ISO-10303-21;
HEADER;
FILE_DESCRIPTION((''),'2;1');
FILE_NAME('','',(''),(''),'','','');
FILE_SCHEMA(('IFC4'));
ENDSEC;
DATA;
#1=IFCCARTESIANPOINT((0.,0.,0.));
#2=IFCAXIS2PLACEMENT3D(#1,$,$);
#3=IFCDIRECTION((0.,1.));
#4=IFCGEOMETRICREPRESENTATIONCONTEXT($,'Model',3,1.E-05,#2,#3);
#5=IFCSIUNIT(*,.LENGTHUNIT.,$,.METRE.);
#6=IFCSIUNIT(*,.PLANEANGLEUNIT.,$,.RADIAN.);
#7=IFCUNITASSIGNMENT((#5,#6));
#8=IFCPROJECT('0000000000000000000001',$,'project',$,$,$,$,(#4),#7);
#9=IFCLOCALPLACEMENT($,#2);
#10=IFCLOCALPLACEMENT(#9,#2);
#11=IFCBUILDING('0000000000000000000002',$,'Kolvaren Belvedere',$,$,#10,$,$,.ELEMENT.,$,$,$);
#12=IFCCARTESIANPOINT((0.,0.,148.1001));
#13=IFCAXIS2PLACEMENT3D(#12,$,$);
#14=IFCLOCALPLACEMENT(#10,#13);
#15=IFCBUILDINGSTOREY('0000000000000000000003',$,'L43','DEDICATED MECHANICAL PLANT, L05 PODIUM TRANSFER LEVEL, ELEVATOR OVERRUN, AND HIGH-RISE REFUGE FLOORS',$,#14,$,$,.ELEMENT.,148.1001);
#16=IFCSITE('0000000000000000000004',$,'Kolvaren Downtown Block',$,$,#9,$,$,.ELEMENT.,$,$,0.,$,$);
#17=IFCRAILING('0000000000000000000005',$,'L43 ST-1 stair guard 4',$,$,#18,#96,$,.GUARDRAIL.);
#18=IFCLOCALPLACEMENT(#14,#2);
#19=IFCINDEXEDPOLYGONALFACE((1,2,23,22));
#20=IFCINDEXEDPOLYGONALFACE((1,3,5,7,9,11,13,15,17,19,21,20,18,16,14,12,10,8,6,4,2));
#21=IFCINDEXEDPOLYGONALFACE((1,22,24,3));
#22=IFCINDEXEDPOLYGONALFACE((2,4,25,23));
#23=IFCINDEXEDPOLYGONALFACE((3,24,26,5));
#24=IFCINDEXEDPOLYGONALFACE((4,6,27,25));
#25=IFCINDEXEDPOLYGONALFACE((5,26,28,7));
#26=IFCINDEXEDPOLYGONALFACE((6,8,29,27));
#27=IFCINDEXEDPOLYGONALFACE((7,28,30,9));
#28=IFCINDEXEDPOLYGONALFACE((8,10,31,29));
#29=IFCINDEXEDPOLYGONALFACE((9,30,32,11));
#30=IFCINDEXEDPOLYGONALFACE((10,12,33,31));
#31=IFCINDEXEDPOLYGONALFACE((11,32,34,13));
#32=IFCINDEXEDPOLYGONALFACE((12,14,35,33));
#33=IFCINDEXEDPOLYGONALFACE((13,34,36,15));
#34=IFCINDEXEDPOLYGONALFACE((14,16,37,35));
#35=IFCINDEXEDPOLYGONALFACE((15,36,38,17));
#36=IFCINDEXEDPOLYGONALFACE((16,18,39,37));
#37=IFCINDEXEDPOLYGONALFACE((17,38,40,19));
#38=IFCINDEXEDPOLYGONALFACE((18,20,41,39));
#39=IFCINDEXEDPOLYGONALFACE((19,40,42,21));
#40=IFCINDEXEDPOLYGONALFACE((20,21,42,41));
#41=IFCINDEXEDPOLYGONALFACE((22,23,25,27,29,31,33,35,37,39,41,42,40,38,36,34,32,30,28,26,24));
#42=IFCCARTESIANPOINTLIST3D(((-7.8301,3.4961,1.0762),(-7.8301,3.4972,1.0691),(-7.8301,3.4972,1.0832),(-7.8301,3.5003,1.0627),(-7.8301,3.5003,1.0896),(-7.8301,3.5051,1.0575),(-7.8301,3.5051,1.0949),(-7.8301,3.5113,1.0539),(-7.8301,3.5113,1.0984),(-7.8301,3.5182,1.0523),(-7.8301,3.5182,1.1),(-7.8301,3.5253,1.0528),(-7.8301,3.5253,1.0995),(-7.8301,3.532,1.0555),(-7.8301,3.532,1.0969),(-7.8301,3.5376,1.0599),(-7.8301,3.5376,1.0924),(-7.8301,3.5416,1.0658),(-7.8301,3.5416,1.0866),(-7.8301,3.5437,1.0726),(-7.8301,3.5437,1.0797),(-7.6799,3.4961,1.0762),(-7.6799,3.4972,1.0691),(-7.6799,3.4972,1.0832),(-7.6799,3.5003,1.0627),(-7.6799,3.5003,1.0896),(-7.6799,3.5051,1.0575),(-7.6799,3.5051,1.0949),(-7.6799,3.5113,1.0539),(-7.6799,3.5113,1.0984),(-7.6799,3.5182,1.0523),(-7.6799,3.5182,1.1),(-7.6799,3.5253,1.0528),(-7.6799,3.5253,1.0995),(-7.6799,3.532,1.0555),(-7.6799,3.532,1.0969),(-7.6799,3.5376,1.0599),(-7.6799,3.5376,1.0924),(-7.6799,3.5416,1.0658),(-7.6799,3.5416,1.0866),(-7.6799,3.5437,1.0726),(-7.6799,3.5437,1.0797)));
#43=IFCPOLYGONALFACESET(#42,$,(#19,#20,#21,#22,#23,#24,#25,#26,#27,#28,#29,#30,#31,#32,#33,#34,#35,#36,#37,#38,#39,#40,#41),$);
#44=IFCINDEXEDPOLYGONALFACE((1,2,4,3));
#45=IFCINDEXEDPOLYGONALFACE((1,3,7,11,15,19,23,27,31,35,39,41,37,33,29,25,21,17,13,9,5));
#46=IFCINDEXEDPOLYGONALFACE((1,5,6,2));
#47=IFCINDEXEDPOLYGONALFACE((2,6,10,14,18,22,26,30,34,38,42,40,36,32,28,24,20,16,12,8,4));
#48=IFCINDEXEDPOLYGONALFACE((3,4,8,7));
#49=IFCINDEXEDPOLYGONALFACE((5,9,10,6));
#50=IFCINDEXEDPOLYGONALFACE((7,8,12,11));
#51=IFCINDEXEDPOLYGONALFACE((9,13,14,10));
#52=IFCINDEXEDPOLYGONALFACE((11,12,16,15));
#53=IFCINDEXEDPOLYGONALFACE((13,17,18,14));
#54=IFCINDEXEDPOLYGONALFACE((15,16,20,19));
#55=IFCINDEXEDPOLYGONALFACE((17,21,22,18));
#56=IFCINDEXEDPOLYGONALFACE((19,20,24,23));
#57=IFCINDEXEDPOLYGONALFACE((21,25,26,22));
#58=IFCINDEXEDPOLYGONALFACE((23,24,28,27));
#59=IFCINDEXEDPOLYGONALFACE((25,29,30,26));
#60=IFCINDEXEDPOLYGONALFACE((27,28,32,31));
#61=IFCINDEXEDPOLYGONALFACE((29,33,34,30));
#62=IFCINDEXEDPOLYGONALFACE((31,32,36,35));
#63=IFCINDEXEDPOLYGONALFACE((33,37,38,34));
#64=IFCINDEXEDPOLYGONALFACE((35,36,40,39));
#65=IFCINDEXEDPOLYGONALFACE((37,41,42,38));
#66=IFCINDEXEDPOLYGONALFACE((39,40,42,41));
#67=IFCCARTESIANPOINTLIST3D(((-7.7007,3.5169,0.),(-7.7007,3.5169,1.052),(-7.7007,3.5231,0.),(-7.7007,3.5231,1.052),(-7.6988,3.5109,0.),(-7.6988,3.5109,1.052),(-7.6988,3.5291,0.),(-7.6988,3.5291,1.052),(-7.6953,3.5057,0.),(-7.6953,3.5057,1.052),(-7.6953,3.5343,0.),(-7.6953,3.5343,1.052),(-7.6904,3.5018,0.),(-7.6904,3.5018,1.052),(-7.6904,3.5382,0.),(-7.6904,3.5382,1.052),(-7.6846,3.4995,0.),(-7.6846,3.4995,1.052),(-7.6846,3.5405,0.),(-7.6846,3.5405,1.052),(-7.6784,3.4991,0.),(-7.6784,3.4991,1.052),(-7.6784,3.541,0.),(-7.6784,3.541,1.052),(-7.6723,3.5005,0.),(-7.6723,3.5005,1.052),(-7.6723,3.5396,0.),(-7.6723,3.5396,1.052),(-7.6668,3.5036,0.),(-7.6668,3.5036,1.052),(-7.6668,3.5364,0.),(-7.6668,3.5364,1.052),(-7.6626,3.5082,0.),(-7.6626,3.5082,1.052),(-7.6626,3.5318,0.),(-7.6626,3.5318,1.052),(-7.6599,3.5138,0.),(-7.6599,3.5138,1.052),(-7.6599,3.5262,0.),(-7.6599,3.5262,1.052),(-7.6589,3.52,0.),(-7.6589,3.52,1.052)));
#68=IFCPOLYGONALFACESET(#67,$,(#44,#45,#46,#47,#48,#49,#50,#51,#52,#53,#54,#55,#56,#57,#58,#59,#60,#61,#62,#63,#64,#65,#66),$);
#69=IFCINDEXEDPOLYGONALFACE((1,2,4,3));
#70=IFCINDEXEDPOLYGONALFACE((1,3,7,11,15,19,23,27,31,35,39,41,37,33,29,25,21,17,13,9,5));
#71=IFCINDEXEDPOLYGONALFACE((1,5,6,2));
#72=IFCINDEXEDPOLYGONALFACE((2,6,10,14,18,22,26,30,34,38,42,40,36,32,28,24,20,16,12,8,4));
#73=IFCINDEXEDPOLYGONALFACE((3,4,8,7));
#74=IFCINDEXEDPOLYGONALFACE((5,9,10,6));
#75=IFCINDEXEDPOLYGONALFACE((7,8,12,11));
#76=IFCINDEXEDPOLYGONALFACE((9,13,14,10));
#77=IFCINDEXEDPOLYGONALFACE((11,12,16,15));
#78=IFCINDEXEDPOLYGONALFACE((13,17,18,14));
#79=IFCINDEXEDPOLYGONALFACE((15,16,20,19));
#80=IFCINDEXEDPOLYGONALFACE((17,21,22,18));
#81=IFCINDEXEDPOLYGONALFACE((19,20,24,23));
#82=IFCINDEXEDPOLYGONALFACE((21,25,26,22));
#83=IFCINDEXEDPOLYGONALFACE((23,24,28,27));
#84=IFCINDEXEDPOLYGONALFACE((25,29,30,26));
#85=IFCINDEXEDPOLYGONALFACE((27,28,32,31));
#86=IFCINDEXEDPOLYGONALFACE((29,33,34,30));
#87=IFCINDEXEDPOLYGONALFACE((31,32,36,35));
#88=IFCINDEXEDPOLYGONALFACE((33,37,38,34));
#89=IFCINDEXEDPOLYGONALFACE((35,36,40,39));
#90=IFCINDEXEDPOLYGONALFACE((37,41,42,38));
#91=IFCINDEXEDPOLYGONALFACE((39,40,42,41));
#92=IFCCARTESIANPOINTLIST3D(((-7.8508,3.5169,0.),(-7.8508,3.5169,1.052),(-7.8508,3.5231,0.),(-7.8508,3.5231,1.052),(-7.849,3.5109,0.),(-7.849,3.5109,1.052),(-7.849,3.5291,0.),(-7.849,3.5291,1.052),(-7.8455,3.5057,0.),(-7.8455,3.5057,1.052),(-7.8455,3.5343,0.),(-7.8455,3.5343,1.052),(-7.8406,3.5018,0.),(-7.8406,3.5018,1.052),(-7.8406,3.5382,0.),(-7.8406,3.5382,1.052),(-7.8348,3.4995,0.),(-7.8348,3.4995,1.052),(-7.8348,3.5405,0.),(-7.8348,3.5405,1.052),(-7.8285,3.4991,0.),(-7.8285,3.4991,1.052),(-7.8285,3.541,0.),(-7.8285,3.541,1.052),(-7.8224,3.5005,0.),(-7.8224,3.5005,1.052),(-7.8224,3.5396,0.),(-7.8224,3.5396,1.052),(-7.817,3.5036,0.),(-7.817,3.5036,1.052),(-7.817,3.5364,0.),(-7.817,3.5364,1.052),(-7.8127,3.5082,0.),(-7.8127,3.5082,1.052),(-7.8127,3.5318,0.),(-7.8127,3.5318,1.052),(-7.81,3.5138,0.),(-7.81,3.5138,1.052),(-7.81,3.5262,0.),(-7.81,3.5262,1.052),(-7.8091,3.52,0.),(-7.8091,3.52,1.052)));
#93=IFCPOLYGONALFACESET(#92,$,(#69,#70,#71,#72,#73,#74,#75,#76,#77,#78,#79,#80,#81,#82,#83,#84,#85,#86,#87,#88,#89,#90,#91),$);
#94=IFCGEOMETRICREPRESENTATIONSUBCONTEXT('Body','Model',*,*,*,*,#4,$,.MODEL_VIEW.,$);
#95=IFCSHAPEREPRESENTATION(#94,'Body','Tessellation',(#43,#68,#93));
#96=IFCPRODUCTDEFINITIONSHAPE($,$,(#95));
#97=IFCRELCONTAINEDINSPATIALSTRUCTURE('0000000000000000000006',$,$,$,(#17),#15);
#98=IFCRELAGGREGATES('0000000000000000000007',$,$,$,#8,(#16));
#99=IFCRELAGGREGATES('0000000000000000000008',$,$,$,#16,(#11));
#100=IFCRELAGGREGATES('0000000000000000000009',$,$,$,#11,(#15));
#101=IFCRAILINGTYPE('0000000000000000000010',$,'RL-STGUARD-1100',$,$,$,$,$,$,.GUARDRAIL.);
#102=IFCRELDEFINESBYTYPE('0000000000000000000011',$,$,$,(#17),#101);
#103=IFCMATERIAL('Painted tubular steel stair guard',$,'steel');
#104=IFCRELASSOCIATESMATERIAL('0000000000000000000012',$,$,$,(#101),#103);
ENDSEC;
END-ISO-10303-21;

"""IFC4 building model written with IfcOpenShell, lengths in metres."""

from ifc_helpers import new_model, si_unit, direction, frame, origin, origin_2d, place, context, subcontext, project, spatial, circle, extrude, material, type_object, element, save


model = new_model("IFC4")

# Units and contexts
model_context = context("Model", 3, precision=1e-05, world=origin(), true_north=direction((0.0, 1.0)))
body_context = subcontext(model_context, "Body", "Model", "MODEL_VIEW")
ifc_project = project(units=[si_unit("LENGTHUNIT", "METRE"), si_unit("PLANEANGLEUNIT", "RADIAN")], contexts=[model_context])

# Site, building, storey
site_placement = place(None, origin())
site = spatial("IfcSite", under=ifc_project, at=site_placement, Name="Kolvaren Downtown Block", CompositionType="ELEMENT", RefElevation=0.0)
building_placement = place(site_placement, origin())
building = spatial("IfcBuilding", under=site, at=building_placement, Name="Kolvaren Belvedere", CompositionType="ELEMENT")
storey_placement = place(building_placement, frame((0.0, 0.0, 148.1001)))
storey = spatial("IfcBuildingStorey", under=building, at=storey_placement, Name="L43", Description="DEDICATED MECHANICAL PLANT, L05 PODIUM TRANSFER LEVEL, ELEVATOR OVERRUN, AND HIGH-RISE REFUGE FLOORS", CompositionType="ELEMENT", Elevation=148.1001)

# Railing
ifc_material_1 = material(Name="Painted tubular steel stair guard", Category="steel")
railing_type_1 = type_object("IfcRailingType", Name="RL-STGUARD-1100", PredefinedType="GUARDRAIL", material=ifc_material_1)
railing_1_placement = place(storey_placement, frame((-7.6799, 3.52, 0.0)))
element("IfcRailing", 1, at=railing_1_placement, inside=storey, type_object=railing_type_1, Name="L43 ST-1 stair guard 4", PredefinedType="GUARDRAIL", context=body_context, shape_type="SweptSolid", body=[
    extrude(circle(Radius=0.0239, at=origin_2d()), frame((0.0, 0.0, 1.0762), z_axis=(-1.0, 0.0, 0.0), x_axis=(0.0, -1.0, 0.0)), (0.0, 0.0, 1.0), 0.1501),
    extrude(circle(Radius=0.021, at=origin_2d()), origin(), (0.0, 0.0, 1.0), 1.052),
    extrude(circle(Radius=0.021, at=origin_2d()), frame((-0.1501, 0.0, 0.0)), (0.0, 0.0, 1.0), 1.052),
])

save(model, "model.ifc")
